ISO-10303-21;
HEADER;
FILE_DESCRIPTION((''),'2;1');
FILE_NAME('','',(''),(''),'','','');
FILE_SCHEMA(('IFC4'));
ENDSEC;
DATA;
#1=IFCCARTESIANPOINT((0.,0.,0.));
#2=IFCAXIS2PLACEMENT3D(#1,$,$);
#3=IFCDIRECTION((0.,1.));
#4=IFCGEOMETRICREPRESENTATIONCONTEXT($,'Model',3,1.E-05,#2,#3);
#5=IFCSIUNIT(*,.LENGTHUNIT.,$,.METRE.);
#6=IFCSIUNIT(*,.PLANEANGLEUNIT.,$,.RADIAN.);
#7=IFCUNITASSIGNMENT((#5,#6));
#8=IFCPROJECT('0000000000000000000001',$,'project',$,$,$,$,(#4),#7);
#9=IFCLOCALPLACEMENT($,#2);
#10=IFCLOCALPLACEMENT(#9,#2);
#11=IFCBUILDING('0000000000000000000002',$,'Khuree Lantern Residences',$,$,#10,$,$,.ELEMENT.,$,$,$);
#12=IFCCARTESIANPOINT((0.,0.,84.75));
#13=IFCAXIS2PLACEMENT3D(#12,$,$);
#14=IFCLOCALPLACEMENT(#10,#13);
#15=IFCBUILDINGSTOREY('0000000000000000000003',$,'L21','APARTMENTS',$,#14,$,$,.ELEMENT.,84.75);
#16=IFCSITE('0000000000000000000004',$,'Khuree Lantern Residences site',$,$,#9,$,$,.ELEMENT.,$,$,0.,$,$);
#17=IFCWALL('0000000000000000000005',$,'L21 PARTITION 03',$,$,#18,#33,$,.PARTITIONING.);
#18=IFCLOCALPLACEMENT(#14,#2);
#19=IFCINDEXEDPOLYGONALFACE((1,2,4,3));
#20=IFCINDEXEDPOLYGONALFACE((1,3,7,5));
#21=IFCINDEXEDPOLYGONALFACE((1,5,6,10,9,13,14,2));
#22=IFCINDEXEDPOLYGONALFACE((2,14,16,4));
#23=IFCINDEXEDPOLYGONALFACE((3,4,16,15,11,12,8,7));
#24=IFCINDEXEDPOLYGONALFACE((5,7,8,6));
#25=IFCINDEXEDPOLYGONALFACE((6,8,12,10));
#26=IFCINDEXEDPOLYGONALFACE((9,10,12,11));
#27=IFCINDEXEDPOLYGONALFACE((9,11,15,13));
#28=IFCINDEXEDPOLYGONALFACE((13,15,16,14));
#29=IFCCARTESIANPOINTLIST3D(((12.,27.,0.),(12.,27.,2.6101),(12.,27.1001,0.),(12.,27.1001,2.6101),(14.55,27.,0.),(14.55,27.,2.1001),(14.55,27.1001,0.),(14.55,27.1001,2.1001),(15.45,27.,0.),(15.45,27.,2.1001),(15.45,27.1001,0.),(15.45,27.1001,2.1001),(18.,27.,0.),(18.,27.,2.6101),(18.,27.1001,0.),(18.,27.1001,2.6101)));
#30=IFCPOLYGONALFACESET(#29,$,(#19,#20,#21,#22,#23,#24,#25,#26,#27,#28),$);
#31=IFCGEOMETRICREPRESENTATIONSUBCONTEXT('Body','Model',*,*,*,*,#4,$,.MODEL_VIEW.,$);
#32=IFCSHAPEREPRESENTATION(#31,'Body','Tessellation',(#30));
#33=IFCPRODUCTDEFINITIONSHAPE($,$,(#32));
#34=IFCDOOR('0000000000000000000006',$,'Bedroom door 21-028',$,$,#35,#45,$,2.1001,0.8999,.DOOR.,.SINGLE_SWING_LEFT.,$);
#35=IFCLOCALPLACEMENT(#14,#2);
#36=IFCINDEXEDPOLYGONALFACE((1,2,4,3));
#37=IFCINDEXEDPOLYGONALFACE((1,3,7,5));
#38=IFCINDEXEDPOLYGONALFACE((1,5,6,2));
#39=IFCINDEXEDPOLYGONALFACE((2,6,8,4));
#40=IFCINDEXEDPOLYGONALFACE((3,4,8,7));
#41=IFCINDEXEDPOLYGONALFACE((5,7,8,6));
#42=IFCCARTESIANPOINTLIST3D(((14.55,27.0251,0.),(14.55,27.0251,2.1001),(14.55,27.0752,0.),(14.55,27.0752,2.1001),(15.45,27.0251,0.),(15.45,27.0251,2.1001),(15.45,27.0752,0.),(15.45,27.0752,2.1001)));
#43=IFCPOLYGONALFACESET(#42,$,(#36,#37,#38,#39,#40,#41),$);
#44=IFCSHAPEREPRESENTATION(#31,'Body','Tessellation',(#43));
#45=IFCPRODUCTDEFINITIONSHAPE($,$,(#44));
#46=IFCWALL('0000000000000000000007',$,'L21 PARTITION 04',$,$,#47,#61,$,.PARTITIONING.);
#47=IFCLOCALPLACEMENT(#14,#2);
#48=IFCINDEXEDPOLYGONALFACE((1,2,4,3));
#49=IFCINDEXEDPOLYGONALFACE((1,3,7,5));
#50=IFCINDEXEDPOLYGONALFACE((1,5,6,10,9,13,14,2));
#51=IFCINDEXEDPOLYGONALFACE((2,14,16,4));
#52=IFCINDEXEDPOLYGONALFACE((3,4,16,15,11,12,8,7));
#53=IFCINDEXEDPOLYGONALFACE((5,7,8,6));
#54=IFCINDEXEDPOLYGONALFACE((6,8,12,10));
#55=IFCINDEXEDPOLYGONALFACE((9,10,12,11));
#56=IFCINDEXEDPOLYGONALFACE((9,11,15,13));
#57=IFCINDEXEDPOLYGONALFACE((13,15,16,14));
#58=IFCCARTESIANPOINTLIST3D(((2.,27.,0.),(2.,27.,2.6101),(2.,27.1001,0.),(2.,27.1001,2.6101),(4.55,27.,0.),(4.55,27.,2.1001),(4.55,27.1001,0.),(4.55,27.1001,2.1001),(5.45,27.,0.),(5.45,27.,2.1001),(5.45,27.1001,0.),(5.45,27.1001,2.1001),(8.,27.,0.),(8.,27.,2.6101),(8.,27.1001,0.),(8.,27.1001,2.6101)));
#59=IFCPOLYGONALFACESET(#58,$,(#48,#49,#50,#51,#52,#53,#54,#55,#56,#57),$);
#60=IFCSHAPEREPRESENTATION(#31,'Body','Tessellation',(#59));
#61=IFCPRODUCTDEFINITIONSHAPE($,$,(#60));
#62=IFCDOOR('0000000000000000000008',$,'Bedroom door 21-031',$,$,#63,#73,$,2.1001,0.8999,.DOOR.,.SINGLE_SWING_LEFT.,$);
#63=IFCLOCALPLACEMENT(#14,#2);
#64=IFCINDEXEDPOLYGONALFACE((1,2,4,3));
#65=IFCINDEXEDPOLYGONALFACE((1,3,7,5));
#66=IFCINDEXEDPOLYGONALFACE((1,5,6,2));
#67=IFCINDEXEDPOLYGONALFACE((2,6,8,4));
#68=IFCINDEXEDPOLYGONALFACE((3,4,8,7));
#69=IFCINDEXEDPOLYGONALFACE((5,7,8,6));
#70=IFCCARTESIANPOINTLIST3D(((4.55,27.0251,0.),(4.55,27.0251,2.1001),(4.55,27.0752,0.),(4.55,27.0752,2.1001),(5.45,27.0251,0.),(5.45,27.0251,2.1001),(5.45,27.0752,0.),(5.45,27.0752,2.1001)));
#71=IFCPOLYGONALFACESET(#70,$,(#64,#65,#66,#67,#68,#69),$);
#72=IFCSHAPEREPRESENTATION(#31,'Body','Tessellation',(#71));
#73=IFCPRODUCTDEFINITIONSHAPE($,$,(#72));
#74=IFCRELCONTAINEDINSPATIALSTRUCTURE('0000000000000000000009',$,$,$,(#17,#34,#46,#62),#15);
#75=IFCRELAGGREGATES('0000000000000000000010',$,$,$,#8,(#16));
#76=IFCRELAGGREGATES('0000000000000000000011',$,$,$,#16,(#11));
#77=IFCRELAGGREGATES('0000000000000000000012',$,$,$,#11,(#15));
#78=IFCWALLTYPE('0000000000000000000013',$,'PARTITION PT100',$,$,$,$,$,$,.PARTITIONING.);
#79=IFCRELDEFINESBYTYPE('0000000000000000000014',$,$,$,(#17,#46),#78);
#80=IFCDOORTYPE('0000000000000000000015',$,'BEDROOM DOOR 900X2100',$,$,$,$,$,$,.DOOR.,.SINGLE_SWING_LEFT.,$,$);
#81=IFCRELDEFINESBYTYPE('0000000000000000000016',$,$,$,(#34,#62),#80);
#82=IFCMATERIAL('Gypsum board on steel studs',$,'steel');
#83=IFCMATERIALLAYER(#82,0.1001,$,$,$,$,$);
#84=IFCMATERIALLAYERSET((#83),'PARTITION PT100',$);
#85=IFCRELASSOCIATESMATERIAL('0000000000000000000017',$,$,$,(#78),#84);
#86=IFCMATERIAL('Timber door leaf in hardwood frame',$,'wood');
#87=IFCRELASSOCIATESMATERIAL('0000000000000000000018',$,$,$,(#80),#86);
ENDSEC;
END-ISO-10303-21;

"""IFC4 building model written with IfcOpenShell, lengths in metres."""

from ifc_helpers import new_model, si_unit, direction, frame, frame_2d, origin, place, context, subcontext, project, spatial, rectangle, extrude, material, layer, layer_set, type_object, element, fill, save


model = new_model("IFC4")

# Units and contexts
model_context = context("Model", 3, precision=1e-05, world=origin(), true_north=direction((0.0, 1.0)))
body_context = subcontext(model_context, "Body", "Model", "MODEL_VIEW")
ifc_project = project(units=[si_unit("LENGTHUNIT", "METRE"), si_unit("PLANEANGLEUNIT", "RADIAN")], contexts=[model_context])

# Site, building, storey
site_placement = place(None, origin())
site = spatial("IfcSite", under=ifc_project, at=site_placement, Name="Khuree Lantern Residences site", CompositionType="ELEMENT", RefElevation=0.0)
building_placement = place(site_placement, origin())
building = spatial("IfcBuilding", under=site, at=building_placement, Name="Khuree Lantern Residences", CompositionType="ELEMENT")
storey_placement = place(building_placement, frame((0.0, 0.0, 84.75)))
storey = spatial("IfcBuildingStorey", under=building, at=storey_placement, Name="L21", Description="APARTMENTS", CompositionType="ELEMENT", Elevation=84.75)

# Shared definitions
ifc_material_1 = material(Name="Timber door leaf in hardwood frame", Category="wood")

# Shared definitions
ifc_material_2 = material(Name="Gypsum board on steel studs", Category="steel")
ifc_layer_1 = layer(ifc_material_2, 0.1001)
ifc_layer_set_1 = layer_set([ifc_layer_1], Name="PARTITION PT100")
wall_type_1 = type_object("IfcWallType", Name="PARTITION PT100", PredefinedType="PARTITIONING", material=ifc_layer_set_1)

# Walls, openings, doors
wall_1_placement = place(storey_placement, frame((18.0, 27.05, 0.0), z_axis=(0.0, 0.0, 1.0), x_axis=(-1.0, 0.0, 0.0)))
wall_1 = element("IfcWall", 1, at=wall_1_placement, inside=storey, type_object=wall_type_1, Name="L21 PARTITION 03", PredefinedType="PARTITIONING", context=body_context, shape_type="SweptSolid", body=[
    extrude(rectangle(XDim=6.0, YDim=0.1001, at=frame_2d((3.0, 0.0))), origin(), (0.0, 0.0, 1.0), 2.6101),
])
opening_1_placement = place(wall_1_placement, frame((2.55, 0.0, 0.0)))
opening_1 = element("IfcOpeningElement", 2, at=opening_1_placement, cuts=wall_1, PredefinedType="OPENING", context=body_context, shape_type="SweptSolid", body=[
    extrude(rectangle(XDim=0.8999, YDim=2.1001, at=frame_2d((0.45, 1.05))), frame((0.0, 0.0601, 0.0), z_axis=(0.0, -1.0, 0.0), x_axis=(1.0, 0.0, 0.0)), (0.0, 0.0, 1.0), 0.1201),
])
door_type_1 = type_object("IfcDoorType", Name="BEDROOM DOOR 900X2100", OperationType="SINGLE_SWING_LEFT", PredefinedType="DOOR", material=ifc_material_1)
door_1_placement = place(opening_1_placement, origin())
door_1 = element("IfcDoor", 3, at=door_1_placement, inside=storey, type_object=door_type_1, Name="Bedroom door 21-028", OperationType="SINGLE_SWING_LEFT", OverallHeight=2.1001, OverallWidth=0.8999, PredefinedType="DOOR", context=body_context, shape_type="SweptSolid", body=[
    extrude(rectangle(XDim=0.8999, YDim=2.1001, at=frame_2d((0.45, 1.05))), frame((0.0, 0.0249, 0.0), z_axis=(0.0, -1.0, 0.0), x_axis=(1.0, 0.0, 0.0)), (0.0, 0.0, 1.0), 0.05),
])
fill(opening_1, door_1)
wall_2_placement = place(storey_placement, frame((8.0, 27.05, 0.0), z_axis=(0.0, 0.0, 1.0), x_axis=(-1.0, 0.0, 0.0)))
wall_2 = element("IfcWall", 4, at=wall_2_placement, inside=storey, type_object=wall_type_1, Name="L21 PARTITION 04", PredefinedType="PARTITIONING", context=body_context, shape_type="SweptSolid", body=[
    extrude(rectangle(XDim=6.0, YDim=0.1001, at=frame_2d((3.0, 0.0))), origin(), (0.0, 0.0, 1.0), 2.6101),
])
opening_2_placement = place(wall_2_placement, frame((2.55, 0.0, 0.0)))
opening_2 = element("IfcOpeningElement", 5, at=opening_2_placement, cuts=wall_2, PredefinedType="OPENING", context=body_context, shape_type="SweptSolid", body=[
    extrude(rectangle(XDim=0.8999, YDim=2.1001, at=frame_2d((0.45, 1.05))), frame((0.0, 0.0601, 0.0), z_axis=(0.0, -1.0, 0.0), x_axis=(1.0, 0.0, 0.0)), (0.0, 0.0, 1.0), 0.1201),
])
door_2_placement = place(opening_2_placement, origin())
door_2 = element("IfcDoor", 6, at=door_2_placement, inside=storey, type_object=door_type_1, Name="Bedroom door 21-031", OperationType="SINGLE_SWING_LEFT", OverallHeight=2.1001, OverallWidth=0.8999, PredefinedType="DOOR", context=body_context, shape_type="SweptSolid", body=[
    extrude(rectangle(XDim=0.8999, YDim=2.1001, at=frame_2d((0.45, 1.05))), frame((0.0, 0.0249, 0.0), z_axis=(0.0, -1.0, 0.0), x_axis=(1.0, 0.0, 0.0)), (0.0, 0.0, 1.0), 0.05),
])
fill(opening_2, door_2)

save(model, "model.ifc")
